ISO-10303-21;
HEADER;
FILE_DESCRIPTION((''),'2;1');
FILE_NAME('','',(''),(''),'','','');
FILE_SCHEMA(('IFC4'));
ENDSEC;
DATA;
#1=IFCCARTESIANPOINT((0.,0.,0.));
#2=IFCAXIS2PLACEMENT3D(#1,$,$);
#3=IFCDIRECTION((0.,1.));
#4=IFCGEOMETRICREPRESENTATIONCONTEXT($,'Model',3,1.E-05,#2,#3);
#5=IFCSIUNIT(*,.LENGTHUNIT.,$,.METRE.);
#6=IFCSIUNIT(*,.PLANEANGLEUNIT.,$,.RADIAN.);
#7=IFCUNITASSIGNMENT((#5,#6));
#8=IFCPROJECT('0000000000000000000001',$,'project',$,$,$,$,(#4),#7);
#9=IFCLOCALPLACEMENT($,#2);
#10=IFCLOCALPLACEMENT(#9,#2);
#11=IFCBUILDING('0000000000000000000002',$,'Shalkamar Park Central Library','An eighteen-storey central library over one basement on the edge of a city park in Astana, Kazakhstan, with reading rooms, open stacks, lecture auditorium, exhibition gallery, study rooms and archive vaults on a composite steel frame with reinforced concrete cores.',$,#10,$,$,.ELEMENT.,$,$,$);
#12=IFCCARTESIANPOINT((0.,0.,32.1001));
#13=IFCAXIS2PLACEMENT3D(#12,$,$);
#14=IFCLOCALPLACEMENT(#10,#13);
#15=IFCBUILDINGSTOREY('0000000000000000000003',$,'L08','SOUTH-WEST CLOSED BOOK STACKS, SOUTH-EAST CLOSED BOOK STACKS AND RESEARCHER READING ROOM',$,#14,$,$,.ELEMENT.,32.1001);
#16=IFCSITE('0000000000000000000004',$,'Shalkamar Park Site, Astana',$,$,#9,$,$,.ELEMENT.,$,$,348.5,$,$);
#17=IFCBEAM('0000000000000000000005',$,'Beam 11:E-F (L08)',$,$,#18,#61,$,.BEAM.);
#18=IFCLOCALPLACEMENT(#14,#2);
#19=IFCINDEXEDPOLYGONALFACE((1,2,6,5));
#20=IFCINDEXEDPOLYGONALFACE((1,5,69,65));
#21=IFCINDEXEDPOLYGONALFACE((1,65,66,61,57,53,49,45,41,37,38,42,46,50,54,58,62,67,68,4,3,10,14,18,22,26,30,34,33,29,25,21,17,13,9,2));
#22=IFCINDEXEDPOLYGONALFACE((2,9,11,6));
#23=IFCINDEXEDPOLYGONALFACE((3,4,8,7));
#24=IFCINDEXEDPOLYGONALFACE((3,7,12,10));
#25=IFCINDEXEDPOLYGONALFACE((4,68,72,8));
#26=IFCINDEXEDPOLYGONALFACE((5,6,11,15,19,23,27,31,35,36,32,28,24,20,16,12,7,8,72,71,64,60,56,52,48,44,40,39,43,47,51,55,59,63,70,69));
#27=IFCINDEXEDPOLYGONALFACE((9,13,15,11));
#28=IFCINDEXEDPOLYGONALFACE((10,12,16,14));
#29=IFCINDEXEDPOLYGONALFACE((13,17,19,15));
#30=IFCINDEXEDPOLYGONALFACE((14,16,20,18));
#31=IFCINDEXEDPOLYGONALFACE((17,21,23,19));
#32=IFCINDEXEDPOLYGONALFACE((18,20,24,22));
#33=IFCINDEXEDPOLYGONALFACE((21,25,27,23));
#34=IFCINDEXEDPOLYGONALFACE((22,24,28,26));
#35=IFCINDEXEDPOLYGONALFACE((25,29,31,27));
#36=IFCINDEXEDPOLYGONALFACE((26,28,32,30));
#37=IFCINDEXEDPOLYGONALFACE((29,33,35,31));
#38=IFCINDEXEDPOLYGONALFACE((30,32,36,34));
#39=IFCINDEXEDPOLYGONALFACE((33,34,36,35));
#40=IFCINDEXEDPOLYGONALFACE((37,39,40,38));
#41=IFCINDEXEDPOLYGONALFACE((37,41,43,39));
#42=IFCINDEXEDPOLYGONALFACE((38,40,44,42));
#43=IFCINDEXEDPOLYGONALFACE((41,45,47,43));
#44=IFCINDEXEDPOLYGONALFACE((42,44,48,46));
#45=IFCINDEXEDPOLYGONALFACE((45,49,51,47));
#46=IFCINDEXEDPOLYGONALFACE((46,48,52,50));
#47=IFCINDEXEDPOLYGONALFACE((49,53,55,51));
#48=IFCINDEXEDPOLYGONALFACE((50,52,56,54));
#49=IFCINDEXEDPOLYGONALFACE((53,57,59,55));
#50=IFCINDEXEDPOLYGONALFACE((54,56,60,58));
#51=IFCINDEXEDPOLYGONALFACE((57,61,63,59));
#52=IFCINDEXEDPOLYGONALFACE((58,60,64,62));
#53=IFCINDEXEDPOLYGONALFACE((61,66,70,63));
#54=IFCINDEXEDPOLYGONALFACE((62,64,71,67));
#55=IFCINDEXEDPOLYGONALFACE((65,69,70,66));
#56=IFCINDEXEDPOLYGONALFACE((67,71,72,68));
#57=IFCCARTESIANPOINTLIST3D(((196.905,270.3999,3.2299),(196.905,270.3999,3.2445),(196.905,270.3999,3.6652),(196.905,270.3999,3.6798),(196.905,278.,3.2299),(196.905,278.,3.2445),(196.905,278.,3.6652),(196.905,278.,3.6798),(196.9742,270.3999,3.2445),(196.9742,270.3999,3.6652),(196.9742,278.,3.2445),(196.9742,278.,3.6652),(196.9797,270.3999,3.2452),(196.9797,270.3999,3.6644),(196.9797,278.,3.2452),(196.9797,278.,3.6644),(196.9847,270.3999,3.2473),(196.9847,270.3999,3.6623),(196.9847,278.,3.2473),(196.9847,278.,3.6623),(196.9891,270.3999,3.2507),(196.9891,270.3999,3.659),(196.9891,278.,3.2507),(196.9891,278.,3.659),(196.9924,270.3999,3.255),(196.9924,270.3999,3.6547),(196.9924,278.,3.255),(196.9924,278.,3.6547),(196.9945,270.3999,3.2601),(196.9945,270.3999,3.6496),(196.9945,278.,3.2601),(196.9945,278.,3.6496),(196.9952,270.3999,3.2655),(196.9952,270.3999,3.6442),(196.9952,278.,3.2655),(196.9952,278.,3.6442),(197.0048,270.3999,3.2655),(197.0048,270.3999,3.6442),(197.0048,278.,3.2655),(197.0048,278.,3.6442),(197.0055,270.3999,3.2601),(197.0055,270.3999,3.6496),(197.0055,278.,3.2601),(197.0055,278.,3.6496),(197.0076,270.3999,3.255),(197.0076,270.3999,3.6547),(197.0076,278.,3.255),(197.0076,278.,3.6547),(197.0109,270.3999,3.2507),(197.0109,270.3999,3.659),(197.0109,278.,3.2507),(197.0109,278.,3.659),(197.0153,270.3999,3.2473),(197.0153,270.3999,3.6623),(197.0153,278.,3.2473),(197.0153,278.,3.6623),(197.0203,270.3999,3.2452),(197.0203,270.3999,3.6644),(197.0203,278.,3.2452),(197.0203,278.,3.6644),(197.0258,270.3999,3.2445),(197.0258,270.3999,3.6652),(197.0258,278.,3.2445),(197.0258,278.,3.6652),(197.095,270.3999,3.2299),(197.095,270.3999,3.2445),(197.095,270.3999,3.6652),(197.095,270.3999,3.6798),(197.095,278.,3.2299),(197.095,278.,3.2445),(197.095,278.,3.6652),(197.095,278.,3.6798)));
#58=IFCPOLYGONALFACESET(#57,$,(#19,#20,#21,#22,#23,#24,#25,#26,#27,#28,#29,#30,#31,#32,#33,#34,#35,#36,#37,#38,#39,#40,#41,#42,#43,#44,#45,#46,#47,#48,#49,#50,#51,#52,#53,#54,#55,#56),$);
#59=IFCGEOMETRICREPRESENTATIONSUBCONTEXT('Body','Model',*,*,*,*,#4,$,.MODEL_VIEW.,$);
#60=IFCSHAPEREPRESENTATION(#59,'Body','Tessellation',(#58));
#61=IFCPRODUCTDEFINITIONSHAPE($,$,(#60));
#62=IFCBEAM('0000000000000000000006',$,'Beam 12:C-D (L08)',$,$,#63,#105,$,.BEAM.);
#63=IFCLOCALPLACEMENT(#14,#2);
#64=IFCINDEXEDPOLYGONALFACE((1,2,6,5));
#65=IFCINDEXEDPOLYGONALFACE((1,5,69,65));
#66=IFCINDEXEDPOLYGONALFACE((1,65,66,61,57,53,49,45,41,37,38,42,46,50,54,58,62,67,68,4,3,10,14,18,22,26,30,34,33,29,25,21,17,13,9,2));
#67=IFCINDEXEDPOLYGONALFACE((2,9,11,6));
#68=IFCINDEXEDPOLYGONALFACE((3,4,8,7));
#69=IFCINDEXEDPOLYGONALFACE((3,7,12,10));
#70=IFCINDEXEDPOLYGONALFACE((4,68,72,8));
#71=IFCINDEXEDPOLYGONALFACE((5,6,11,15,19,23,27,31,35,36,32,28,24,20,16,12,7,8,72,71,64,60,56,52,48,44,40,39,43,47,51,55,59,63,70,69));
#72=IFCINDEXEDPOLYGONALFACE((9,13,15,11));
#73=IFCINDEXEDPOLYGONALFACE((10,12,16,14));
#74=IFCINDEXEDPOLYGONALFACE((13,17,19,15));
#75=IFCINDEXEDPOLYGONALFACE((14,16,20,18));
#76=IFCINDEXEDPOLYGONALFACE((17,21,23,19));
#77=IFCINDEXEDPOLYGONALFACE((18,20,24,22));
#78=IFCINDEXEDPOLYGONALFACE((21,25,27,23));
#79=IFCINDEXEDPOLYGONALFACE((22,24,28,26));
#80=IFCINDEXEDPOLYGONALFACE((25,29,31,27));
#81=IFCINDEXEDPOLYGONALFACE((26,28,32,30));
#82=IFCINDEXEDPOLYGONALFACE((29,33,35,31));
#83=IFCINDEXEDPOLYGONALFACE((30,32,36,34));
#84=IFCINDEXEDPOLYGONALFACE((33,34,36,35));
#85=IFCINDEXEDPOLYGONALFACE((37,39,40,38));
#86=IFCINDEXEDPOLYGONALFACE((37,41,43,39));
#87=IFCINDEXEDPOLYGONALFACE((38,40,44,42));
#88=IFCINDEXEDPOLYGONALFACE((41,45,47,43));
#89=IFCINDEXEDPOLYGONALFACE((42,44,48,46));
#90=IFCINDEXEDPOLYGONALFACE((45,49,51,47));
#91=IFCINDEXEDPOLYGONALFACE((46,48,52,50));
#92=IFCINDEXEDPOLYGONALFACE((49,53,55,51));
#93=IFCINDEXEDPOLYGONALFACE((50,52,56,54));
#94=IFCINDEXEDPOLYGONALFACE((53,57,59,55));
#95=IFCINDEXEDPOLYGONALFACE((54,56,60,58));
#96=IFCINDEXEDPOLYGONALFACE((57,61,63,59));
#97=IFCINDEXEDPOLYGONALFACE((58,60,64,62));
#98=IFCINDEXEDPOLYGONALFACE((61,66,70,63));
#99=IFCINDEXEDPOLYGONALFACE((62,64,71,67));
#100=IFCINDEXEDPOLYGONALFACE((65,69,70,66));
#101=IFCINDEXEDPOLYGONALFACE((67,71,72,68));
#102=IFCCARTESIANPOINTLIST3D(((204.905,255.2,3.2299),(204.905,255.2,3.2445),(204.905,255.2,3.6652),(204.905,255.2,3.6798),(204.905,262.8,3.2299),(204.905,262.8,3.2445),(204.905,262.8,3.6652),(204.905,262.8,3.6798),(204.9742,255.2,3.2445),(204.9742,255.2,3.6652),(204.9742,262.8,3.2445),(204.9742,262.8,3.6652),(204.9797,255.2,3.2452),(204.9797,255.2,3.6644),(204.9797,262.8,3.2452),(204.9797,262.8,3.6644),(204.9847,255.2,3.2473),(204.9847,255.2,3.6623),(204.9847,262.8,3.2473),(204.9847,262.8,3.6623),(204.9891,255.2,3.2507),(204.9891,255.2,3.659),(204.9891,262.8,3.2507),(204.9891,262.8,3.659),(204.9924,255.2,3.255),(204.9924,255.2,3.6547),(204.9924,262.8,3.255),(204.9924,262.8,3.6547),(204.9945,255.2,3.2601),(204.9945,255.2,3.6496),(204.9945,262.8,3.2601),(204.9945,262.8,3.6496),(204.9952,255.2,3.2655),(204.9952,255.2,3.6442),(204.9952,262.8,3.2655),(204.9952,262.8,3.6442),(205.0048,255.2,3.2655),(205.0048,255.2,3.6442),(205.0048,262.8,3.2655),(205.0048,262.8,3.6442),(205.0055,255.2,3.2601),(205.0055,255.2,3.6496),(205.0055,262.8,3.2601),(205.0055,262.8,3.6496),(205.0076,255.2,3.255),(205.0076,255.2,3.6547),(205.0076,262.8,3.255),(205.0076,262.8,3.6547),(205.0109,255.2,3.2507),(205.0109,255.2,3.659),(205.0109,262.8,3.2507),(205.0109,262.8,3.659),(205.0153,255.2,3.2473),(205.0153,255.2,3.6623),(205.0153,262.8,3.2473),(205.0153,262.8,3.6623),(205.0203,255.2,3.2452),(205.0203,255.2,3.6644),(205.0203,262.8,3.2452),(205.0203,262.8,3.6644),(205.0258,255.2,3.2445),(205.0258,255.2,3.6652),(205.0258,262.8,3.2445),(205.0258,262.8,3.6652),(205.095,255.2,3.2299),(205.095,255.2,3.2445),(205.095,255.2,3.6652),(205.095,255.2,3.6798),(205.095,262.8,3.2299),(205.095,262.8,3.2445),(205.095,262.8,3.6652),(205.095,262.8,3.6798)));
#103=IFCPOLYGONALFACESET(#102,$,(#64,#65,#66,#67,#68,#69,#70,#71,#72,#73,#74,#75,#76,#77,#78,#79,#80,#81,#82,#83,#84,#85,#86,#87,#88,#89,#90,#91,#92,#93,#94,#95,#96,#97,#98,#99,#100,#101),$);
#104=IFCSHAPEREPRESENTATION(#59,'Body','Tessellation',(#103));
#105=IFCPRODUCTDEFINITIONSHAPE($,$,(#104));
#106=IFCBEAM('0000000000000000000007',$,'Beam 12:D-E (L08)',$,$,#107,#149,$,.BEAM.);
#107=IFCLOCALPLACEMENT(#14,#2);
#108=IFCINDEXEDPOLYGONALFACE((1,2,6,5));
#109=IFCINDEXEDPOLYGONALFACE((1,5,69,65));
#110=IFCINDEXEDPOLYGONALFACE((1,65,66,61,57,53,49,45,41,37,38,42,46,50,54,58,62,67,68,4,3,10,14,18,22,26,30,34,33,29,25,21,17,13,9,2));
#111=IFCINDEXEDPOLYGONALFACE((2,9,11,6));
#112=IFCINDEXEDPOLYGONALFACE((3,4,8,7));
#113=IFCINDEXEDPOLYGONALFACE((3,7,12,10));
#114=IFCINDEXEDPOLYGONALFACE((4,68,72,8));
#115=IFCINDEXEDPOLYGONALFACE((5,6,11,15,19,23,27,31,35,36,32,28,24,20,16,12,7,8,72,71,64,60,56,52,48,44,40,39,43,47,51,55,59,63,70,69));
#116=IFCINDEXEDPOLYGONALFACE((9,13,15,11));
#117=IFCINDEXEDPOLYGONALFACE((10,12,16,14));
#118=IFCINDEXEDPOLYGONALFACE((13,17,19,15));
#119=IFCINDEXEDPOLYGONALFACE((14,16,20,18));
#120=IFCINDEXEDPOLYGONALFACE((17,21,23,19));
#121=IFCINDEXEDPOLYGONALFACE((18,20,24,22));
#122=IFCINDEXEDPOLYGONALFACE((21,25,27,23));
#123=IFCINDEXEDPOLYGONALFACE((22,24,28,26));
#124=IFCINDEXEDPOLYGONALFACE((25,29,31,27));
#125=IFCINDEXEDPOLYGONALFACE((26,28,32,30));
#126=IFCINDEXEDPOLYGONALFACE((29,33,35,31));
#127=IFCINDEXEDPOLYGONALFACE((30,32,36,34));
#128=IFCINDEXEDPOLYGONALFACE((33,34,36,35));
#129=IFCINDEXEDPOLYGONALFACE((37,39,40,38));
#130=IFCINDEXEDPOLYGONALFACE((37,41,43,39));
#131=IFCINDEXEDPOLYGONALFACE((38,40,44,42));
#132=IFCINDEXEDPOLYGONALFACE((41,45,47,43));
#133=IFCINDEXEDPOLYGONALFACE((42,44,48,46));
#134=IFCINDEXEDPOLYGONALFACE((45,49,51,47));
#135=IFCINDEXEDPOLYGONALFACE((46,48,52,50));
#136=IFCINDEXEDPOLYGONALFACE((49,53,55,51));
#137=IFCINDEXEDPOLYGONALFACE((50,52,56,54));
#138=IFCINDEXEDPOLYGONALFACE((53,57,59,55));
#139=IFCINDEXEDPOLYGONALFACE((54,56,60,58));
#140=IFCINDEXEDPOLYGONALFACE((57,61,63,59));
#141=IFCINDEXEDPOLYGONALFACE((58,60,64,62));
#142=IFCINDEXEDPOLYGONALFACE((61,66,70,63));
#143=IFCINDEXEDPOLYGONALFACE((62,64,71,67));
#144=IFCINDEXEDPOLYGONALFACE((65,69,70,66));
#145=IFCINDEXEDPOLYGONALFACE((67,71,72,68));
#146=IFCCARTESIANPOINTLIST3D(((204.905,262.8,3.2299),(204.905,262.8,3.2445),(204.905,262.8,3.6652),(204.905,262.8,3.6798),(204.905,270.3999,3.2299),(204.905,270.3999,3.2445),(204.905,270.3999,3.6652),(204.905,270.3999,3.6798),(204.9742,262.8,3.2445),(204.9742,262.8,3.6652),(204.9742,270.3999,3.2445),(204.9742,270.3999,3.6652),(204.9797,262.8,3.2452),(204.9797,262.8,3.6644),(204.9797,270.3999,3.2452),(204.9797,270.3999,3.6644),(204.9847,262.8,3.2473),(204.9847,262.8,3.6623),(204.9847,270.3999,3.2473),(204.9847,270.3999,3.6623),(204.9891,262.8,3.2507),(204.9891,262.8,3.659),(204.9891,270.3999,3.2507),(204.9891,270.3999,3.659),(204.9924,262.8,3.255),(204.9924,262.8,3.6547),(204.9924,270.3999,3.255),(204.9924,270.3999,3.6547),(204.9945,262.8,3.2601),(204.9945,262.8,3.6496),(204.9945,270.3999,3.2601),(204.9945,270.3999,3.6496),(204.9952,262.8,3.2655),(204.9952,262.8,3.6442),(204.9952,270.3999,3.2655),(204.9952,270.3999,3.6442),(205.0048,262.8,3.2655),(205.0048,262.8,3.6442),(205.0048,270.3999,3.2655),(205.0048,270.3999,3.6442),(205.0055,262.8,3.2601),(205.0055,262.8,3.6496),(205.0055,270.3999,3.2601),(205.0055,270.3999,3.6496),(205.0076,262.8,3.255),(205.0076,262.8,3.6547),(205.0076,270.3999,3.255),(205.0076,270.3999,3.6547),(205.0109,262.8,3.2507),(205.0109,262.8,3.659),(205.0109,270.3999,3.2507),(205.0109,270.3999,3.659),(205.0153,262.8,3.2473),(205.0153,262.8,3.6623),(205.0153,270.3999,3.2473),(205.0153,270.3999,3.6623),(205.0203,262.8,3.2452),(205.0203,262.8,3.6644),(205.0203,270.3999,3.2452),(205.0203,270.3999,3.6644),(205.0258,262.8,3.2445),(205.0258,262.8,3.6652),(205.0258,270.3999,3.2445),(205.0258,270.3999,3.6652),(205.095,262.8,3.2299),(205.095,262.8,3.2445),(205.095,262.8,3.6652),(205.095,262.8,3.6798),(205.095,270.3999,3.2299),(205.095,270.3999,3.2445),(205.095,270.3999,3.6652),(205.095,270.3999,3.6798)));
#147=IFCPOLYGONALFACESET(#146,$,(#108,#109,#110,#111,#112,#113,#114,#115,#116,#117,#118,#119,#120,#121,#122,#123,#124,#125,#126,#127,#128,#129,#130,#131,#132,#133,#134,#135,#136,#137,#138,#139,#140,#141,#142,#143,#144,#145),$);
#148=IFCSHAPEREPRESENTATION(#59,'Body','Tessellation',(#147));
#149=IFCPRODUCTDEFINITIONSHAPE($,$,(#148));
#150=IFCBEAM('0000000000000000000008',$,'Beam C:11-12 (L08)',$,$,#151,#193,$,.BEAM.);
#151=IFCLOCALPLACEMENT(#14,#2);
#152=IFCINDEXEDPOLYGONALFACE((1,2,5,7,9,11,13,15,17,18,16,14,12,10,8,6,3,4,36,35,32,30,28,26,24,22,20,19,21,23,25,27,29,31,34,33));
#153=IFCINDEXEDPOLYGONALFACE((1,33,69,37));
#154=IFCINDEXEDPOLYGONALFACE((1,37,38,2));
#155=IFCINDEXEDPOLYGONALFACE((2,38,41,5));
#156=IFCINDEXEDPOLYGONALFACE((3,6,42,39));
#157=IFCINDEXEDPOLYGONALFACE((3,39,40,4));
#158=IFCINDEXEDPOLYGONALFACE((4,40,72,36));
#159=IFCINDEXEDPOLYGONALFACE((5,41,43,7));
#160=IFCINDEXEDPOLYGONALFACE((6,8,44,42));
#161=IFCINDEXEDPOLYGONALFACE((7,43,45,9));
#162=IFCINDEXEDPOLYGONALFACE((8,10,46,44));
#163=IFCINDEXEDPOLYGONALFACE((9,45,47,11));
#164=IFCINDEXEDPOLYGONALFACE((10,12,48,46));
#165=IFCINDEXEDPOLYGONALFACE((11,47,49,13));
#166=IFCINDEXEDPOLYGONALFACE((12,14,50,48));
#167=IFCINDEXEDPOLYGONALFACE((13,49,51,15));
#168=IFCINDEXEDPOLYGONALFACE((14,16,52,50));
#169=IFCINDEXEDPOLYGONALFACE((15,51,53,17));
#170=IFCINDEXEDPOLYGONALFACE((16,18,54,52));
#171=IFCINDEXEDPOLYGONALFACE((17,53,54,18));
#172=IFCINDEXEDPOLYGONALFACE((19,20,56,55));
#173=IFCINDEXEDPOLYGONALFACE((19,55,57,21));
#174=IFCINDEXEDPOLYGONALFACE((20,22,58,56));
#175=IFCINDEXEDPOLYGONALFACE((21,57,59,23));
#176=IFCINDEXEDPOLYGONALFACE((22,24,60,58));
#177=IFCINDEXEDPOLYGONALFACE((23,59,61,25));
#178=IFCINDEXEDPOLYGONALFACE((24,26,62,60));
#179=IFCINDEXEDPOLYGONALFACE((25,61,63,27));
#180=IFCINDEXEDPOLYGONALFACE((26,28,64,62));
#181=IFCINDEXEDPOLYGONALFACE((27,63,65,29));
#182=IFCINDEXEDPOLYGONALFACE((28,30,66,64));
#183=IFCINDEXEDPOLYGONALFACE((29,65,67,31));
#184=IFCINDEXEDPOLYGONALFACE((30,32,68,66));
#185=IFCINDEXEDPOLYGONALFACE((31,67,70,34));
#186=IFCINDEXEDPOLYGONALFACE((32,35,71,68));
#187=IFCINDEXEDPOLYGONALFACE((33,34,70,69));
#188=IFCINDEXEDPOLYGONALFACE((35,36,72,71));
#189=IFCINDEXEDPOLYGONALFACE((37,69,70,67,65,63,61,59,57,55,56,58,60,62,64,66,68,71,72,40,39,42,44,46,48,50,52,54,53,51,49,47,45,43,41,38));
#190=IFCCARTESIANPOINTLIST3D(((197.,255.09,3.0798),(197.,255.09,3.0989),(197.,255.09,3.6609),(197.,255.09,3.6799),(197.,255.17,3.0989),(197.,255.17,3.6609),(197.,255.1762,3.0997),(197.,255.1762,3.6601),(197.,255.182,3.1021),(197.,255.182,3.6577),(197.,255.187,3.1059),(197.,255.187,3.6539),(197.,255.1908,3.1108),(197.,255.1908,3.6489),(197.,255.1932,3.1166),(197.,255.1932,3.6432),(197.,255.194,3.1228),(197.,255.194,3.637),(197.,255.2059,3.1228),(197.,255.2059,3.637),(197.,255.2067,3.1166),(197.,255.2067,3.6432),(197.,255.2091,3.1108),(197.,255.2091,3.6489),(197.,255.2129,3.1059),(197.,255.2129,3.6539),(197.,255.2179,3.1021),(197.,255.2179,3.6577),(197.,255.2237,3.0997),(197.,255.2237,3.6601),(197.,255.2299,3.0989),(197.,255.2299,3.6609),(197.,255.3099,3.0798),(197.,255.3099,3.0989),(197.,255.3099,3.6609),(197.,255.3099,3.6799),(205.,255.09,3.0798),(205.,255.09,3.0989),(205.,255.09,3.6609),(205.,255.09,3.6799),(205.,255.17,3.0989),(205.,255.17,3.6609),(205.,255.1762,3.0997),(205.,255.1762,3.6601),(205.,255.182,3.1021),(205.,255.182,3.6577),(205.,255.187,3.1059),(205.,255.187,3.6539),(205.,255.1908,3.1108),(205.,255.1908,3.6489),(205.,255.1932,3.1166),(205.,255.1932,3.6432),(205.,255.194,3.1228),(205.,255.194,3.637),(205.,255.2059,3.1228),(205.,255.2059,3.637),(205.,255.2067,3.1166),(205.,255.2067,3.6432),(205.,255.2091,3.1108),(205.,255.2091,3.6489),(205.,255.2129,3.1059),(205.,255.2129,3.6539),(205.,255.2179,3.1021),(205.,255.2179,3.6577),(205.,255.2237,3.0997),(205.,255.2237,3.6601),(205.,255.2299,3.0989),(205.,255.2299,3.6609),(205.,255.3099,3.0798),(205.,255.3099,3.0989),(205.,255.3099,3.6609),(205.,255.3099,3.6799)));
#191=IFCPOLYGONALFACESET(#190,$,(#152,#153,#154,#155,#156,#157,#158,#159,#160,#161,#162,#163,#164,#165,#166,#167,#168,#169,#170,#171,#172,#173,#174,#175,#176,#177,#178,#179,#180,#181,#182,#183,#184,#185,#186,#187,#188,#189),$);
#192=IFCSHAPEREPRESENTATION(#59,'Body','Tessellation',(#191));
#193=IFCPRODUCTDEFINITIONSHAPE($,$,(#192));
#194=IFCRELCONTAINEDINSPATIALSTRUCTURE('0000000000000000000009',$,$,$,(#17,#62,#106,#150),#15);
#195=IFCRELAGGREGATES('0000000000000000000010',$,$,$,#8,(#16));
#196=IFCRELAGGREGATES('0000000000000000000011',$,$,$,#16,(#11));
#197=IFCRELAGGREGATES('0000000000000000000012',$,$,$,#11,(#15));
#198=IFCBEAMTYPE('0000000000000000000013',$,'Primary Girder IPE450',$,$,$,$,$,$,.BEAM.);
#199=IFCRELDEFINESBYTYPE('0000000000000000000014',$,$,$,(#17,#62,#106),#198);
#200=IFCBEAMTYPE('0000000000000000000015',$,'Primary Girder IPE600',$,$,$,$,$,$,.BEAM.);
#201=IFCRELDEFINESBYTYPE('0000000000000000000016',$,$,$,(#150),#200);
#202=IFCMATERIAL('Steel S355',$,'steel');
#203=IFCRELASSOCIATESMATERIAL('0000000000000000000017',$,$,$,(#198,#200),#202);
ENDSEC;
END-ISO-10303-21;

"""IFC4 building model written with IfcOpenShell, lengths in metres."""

from ifc_helpers import new_model, si_unit, direction, frame, origin, origin_2d, place, context, subcontext, project, spatial, i_section, extrude, material, material_profile, profile_set, type_object, element, save


model = new_model("IFC4")

# Units and contexts
model_context = context("Model", 3, precision=1e-05, world=origin(), true_north=direction((0.0, 1.0)))
body_context = subcontext(model_context, "Body", "Model", "MODEL_VIEW")
ifc_project = project(units=[si_unit("LENGTHUNIT", "METRE"), si_unit("PLANEANGLEUNIT", "RADIAN")], contexts=[model_context])

# Site, building, storey
site_placement = place(None, origin())
site = spatial("IfcSite", under=ifc_project, at=site_placement, Name="Shalkamar Park Site, Astana", CompositionType="ELEMENT", RefElevation=348.5)
building_placement = place(site_placement, origin())
building = spatial("IfcBuilding", under=site, at=building_placement, Name="Shalkamar Park Central Library", Description="An eighteen-storey central library over one basement on the edge of a city park in Astana, Kazakhstan, with reading rooms, open stacks, lecture auditorium, exhibition gallery, study rooms and archive vaults on a composite steel frame with reinforced concrete cores.", CompositionType="ELEMENT")
storey_placement = place(building_placement, frame((0.0, 0.0, 32.1001)))
storey = spatial("IfcBuildingStorey", under=building, at=storey_placement, Name="L08", Description="SOUTH-WEST CLOSED BOOK STACKS, SOUTH-EAST CLOSED BOOK STACKS AND RESEARCHER READING ROOM", CompositionType="ELEMENT", Elevation=32.1001)

# Shared definitions
ifc_material_1 = material(Name="Steel S355", Category="steel")

# Beams
ifc_material_profile_1 = material_profile(ifc_material_1, i_section(OverallWidth=0.1899, OverallDepth=0.45, WebThickness=0.0095, FlangeThickness=0.0146, FilletRadius=0.021, at=origin_2d()), Name="IPE 450")
ifc_profile_set_1 = profile_set([ifc_material_profile_1], Name="Steel S355")
beam_type_1 = type_object("IfcBeamType", Name="Primary Girder IPE450", PredefinedType="BEAM", material=ifc_profile_set_1)
for number, where, z_axis, x_axis, name in (
    (1, (197.0, 270.3999, 3.4548), (0.0, 1.0, 0.0), (-1.0, 0.0, 0.0), "Beam 11:E-F (L08)"),
    (2, (205.0, 255.2, 3.4548), (0.0, 1.0, 0.0), (-1.0, 0.0, 0.0), "Beam 12:C-D (L08)"),
):
    element("IfcBeam", number, at=place(storey_placement, frame(where, z_axis=z_axis, x_axis=x_axis)), inside=storey, type_object=beam_type_1, Name=name, PredefinedType="BEAM", context=body_context, shape_type="SweptSolid", body=[
        extrude(i_section(OverallWidth=0.1899, OverallDepth=0.45, WebThickness=0.0095, FlangeThickness=0.0146, FilletRadius=0.021, at=origin_2d()), origin(), (0.0, 0.0, 1.0), 7.6001),
    ])
beam_1_placement = place(storey_placement, frame((205.0, 262.8, 3.4548), z_axis=(0.0, 1.0, 0.0), x_axis=(-1.0, 0.0, 0.0)))
element("IfcBeam", 3, at=beam_1_placement, inside=storey, type_object=beam_type_1, Name="Beam 12:D-E (L08)", PredefinedType="BEAM", context=body_context, shape_type="SweptSolid", body=[
    extrude(i_section(OverallWidth=0.1899, OverallDepth=0.45, WebThickness=0.0095, FlangeThickness=0.0146, FilletRadius=0.021, at=origin_2d()), origin(), (0.0, 0.0, 1.0), 7.5999),
])
ifc_material_profile_2 = material_profile(ifc_material_1, i_section(OverallWidth=0.22, OverallDepth=0.6001, WebThickness=0.012, FlangeThickness=0.019, FilletRadius=0.0239, at=origin_2d()), Name="IPE 600")
ifc_profile_set_2 = profile_set([ifc_material_profile_2], Name="Steel S355")
beam_type_2 = type_object("IfcBeamType", Name="Primary Girder IPE600", PredefinedType="BEAM", material=ifc_profile_set_2)
for number, where, z_axis, x_axis, name in (
    (4, (197.0, 255.2, 3.3799), (1.0, 0.0, 0.0), (0.0, 1.0, 0.0), "Beam C:11-12 (L08)"),
):
    element("IfcBeam", number, at=place(storey_placement, frame(where, z_axis=z_axis, x_axis=x_axis)), inside=storey, type_object=beam_type_2, Name=name, PredefinedType="BEAM", context=body_context, shape_type="SweptSolid", body=[
        extrude(i_section(OverallWidth=0.22, OverallDepth=0.6001, WebThickness=0.012, FlangeThickness=0.019, FilletRadius=0.0239, at=origin_2d()), origin(), (0.0, 0.0, 1.0), 8.0),
    ])

save(model, "model.ifc")
